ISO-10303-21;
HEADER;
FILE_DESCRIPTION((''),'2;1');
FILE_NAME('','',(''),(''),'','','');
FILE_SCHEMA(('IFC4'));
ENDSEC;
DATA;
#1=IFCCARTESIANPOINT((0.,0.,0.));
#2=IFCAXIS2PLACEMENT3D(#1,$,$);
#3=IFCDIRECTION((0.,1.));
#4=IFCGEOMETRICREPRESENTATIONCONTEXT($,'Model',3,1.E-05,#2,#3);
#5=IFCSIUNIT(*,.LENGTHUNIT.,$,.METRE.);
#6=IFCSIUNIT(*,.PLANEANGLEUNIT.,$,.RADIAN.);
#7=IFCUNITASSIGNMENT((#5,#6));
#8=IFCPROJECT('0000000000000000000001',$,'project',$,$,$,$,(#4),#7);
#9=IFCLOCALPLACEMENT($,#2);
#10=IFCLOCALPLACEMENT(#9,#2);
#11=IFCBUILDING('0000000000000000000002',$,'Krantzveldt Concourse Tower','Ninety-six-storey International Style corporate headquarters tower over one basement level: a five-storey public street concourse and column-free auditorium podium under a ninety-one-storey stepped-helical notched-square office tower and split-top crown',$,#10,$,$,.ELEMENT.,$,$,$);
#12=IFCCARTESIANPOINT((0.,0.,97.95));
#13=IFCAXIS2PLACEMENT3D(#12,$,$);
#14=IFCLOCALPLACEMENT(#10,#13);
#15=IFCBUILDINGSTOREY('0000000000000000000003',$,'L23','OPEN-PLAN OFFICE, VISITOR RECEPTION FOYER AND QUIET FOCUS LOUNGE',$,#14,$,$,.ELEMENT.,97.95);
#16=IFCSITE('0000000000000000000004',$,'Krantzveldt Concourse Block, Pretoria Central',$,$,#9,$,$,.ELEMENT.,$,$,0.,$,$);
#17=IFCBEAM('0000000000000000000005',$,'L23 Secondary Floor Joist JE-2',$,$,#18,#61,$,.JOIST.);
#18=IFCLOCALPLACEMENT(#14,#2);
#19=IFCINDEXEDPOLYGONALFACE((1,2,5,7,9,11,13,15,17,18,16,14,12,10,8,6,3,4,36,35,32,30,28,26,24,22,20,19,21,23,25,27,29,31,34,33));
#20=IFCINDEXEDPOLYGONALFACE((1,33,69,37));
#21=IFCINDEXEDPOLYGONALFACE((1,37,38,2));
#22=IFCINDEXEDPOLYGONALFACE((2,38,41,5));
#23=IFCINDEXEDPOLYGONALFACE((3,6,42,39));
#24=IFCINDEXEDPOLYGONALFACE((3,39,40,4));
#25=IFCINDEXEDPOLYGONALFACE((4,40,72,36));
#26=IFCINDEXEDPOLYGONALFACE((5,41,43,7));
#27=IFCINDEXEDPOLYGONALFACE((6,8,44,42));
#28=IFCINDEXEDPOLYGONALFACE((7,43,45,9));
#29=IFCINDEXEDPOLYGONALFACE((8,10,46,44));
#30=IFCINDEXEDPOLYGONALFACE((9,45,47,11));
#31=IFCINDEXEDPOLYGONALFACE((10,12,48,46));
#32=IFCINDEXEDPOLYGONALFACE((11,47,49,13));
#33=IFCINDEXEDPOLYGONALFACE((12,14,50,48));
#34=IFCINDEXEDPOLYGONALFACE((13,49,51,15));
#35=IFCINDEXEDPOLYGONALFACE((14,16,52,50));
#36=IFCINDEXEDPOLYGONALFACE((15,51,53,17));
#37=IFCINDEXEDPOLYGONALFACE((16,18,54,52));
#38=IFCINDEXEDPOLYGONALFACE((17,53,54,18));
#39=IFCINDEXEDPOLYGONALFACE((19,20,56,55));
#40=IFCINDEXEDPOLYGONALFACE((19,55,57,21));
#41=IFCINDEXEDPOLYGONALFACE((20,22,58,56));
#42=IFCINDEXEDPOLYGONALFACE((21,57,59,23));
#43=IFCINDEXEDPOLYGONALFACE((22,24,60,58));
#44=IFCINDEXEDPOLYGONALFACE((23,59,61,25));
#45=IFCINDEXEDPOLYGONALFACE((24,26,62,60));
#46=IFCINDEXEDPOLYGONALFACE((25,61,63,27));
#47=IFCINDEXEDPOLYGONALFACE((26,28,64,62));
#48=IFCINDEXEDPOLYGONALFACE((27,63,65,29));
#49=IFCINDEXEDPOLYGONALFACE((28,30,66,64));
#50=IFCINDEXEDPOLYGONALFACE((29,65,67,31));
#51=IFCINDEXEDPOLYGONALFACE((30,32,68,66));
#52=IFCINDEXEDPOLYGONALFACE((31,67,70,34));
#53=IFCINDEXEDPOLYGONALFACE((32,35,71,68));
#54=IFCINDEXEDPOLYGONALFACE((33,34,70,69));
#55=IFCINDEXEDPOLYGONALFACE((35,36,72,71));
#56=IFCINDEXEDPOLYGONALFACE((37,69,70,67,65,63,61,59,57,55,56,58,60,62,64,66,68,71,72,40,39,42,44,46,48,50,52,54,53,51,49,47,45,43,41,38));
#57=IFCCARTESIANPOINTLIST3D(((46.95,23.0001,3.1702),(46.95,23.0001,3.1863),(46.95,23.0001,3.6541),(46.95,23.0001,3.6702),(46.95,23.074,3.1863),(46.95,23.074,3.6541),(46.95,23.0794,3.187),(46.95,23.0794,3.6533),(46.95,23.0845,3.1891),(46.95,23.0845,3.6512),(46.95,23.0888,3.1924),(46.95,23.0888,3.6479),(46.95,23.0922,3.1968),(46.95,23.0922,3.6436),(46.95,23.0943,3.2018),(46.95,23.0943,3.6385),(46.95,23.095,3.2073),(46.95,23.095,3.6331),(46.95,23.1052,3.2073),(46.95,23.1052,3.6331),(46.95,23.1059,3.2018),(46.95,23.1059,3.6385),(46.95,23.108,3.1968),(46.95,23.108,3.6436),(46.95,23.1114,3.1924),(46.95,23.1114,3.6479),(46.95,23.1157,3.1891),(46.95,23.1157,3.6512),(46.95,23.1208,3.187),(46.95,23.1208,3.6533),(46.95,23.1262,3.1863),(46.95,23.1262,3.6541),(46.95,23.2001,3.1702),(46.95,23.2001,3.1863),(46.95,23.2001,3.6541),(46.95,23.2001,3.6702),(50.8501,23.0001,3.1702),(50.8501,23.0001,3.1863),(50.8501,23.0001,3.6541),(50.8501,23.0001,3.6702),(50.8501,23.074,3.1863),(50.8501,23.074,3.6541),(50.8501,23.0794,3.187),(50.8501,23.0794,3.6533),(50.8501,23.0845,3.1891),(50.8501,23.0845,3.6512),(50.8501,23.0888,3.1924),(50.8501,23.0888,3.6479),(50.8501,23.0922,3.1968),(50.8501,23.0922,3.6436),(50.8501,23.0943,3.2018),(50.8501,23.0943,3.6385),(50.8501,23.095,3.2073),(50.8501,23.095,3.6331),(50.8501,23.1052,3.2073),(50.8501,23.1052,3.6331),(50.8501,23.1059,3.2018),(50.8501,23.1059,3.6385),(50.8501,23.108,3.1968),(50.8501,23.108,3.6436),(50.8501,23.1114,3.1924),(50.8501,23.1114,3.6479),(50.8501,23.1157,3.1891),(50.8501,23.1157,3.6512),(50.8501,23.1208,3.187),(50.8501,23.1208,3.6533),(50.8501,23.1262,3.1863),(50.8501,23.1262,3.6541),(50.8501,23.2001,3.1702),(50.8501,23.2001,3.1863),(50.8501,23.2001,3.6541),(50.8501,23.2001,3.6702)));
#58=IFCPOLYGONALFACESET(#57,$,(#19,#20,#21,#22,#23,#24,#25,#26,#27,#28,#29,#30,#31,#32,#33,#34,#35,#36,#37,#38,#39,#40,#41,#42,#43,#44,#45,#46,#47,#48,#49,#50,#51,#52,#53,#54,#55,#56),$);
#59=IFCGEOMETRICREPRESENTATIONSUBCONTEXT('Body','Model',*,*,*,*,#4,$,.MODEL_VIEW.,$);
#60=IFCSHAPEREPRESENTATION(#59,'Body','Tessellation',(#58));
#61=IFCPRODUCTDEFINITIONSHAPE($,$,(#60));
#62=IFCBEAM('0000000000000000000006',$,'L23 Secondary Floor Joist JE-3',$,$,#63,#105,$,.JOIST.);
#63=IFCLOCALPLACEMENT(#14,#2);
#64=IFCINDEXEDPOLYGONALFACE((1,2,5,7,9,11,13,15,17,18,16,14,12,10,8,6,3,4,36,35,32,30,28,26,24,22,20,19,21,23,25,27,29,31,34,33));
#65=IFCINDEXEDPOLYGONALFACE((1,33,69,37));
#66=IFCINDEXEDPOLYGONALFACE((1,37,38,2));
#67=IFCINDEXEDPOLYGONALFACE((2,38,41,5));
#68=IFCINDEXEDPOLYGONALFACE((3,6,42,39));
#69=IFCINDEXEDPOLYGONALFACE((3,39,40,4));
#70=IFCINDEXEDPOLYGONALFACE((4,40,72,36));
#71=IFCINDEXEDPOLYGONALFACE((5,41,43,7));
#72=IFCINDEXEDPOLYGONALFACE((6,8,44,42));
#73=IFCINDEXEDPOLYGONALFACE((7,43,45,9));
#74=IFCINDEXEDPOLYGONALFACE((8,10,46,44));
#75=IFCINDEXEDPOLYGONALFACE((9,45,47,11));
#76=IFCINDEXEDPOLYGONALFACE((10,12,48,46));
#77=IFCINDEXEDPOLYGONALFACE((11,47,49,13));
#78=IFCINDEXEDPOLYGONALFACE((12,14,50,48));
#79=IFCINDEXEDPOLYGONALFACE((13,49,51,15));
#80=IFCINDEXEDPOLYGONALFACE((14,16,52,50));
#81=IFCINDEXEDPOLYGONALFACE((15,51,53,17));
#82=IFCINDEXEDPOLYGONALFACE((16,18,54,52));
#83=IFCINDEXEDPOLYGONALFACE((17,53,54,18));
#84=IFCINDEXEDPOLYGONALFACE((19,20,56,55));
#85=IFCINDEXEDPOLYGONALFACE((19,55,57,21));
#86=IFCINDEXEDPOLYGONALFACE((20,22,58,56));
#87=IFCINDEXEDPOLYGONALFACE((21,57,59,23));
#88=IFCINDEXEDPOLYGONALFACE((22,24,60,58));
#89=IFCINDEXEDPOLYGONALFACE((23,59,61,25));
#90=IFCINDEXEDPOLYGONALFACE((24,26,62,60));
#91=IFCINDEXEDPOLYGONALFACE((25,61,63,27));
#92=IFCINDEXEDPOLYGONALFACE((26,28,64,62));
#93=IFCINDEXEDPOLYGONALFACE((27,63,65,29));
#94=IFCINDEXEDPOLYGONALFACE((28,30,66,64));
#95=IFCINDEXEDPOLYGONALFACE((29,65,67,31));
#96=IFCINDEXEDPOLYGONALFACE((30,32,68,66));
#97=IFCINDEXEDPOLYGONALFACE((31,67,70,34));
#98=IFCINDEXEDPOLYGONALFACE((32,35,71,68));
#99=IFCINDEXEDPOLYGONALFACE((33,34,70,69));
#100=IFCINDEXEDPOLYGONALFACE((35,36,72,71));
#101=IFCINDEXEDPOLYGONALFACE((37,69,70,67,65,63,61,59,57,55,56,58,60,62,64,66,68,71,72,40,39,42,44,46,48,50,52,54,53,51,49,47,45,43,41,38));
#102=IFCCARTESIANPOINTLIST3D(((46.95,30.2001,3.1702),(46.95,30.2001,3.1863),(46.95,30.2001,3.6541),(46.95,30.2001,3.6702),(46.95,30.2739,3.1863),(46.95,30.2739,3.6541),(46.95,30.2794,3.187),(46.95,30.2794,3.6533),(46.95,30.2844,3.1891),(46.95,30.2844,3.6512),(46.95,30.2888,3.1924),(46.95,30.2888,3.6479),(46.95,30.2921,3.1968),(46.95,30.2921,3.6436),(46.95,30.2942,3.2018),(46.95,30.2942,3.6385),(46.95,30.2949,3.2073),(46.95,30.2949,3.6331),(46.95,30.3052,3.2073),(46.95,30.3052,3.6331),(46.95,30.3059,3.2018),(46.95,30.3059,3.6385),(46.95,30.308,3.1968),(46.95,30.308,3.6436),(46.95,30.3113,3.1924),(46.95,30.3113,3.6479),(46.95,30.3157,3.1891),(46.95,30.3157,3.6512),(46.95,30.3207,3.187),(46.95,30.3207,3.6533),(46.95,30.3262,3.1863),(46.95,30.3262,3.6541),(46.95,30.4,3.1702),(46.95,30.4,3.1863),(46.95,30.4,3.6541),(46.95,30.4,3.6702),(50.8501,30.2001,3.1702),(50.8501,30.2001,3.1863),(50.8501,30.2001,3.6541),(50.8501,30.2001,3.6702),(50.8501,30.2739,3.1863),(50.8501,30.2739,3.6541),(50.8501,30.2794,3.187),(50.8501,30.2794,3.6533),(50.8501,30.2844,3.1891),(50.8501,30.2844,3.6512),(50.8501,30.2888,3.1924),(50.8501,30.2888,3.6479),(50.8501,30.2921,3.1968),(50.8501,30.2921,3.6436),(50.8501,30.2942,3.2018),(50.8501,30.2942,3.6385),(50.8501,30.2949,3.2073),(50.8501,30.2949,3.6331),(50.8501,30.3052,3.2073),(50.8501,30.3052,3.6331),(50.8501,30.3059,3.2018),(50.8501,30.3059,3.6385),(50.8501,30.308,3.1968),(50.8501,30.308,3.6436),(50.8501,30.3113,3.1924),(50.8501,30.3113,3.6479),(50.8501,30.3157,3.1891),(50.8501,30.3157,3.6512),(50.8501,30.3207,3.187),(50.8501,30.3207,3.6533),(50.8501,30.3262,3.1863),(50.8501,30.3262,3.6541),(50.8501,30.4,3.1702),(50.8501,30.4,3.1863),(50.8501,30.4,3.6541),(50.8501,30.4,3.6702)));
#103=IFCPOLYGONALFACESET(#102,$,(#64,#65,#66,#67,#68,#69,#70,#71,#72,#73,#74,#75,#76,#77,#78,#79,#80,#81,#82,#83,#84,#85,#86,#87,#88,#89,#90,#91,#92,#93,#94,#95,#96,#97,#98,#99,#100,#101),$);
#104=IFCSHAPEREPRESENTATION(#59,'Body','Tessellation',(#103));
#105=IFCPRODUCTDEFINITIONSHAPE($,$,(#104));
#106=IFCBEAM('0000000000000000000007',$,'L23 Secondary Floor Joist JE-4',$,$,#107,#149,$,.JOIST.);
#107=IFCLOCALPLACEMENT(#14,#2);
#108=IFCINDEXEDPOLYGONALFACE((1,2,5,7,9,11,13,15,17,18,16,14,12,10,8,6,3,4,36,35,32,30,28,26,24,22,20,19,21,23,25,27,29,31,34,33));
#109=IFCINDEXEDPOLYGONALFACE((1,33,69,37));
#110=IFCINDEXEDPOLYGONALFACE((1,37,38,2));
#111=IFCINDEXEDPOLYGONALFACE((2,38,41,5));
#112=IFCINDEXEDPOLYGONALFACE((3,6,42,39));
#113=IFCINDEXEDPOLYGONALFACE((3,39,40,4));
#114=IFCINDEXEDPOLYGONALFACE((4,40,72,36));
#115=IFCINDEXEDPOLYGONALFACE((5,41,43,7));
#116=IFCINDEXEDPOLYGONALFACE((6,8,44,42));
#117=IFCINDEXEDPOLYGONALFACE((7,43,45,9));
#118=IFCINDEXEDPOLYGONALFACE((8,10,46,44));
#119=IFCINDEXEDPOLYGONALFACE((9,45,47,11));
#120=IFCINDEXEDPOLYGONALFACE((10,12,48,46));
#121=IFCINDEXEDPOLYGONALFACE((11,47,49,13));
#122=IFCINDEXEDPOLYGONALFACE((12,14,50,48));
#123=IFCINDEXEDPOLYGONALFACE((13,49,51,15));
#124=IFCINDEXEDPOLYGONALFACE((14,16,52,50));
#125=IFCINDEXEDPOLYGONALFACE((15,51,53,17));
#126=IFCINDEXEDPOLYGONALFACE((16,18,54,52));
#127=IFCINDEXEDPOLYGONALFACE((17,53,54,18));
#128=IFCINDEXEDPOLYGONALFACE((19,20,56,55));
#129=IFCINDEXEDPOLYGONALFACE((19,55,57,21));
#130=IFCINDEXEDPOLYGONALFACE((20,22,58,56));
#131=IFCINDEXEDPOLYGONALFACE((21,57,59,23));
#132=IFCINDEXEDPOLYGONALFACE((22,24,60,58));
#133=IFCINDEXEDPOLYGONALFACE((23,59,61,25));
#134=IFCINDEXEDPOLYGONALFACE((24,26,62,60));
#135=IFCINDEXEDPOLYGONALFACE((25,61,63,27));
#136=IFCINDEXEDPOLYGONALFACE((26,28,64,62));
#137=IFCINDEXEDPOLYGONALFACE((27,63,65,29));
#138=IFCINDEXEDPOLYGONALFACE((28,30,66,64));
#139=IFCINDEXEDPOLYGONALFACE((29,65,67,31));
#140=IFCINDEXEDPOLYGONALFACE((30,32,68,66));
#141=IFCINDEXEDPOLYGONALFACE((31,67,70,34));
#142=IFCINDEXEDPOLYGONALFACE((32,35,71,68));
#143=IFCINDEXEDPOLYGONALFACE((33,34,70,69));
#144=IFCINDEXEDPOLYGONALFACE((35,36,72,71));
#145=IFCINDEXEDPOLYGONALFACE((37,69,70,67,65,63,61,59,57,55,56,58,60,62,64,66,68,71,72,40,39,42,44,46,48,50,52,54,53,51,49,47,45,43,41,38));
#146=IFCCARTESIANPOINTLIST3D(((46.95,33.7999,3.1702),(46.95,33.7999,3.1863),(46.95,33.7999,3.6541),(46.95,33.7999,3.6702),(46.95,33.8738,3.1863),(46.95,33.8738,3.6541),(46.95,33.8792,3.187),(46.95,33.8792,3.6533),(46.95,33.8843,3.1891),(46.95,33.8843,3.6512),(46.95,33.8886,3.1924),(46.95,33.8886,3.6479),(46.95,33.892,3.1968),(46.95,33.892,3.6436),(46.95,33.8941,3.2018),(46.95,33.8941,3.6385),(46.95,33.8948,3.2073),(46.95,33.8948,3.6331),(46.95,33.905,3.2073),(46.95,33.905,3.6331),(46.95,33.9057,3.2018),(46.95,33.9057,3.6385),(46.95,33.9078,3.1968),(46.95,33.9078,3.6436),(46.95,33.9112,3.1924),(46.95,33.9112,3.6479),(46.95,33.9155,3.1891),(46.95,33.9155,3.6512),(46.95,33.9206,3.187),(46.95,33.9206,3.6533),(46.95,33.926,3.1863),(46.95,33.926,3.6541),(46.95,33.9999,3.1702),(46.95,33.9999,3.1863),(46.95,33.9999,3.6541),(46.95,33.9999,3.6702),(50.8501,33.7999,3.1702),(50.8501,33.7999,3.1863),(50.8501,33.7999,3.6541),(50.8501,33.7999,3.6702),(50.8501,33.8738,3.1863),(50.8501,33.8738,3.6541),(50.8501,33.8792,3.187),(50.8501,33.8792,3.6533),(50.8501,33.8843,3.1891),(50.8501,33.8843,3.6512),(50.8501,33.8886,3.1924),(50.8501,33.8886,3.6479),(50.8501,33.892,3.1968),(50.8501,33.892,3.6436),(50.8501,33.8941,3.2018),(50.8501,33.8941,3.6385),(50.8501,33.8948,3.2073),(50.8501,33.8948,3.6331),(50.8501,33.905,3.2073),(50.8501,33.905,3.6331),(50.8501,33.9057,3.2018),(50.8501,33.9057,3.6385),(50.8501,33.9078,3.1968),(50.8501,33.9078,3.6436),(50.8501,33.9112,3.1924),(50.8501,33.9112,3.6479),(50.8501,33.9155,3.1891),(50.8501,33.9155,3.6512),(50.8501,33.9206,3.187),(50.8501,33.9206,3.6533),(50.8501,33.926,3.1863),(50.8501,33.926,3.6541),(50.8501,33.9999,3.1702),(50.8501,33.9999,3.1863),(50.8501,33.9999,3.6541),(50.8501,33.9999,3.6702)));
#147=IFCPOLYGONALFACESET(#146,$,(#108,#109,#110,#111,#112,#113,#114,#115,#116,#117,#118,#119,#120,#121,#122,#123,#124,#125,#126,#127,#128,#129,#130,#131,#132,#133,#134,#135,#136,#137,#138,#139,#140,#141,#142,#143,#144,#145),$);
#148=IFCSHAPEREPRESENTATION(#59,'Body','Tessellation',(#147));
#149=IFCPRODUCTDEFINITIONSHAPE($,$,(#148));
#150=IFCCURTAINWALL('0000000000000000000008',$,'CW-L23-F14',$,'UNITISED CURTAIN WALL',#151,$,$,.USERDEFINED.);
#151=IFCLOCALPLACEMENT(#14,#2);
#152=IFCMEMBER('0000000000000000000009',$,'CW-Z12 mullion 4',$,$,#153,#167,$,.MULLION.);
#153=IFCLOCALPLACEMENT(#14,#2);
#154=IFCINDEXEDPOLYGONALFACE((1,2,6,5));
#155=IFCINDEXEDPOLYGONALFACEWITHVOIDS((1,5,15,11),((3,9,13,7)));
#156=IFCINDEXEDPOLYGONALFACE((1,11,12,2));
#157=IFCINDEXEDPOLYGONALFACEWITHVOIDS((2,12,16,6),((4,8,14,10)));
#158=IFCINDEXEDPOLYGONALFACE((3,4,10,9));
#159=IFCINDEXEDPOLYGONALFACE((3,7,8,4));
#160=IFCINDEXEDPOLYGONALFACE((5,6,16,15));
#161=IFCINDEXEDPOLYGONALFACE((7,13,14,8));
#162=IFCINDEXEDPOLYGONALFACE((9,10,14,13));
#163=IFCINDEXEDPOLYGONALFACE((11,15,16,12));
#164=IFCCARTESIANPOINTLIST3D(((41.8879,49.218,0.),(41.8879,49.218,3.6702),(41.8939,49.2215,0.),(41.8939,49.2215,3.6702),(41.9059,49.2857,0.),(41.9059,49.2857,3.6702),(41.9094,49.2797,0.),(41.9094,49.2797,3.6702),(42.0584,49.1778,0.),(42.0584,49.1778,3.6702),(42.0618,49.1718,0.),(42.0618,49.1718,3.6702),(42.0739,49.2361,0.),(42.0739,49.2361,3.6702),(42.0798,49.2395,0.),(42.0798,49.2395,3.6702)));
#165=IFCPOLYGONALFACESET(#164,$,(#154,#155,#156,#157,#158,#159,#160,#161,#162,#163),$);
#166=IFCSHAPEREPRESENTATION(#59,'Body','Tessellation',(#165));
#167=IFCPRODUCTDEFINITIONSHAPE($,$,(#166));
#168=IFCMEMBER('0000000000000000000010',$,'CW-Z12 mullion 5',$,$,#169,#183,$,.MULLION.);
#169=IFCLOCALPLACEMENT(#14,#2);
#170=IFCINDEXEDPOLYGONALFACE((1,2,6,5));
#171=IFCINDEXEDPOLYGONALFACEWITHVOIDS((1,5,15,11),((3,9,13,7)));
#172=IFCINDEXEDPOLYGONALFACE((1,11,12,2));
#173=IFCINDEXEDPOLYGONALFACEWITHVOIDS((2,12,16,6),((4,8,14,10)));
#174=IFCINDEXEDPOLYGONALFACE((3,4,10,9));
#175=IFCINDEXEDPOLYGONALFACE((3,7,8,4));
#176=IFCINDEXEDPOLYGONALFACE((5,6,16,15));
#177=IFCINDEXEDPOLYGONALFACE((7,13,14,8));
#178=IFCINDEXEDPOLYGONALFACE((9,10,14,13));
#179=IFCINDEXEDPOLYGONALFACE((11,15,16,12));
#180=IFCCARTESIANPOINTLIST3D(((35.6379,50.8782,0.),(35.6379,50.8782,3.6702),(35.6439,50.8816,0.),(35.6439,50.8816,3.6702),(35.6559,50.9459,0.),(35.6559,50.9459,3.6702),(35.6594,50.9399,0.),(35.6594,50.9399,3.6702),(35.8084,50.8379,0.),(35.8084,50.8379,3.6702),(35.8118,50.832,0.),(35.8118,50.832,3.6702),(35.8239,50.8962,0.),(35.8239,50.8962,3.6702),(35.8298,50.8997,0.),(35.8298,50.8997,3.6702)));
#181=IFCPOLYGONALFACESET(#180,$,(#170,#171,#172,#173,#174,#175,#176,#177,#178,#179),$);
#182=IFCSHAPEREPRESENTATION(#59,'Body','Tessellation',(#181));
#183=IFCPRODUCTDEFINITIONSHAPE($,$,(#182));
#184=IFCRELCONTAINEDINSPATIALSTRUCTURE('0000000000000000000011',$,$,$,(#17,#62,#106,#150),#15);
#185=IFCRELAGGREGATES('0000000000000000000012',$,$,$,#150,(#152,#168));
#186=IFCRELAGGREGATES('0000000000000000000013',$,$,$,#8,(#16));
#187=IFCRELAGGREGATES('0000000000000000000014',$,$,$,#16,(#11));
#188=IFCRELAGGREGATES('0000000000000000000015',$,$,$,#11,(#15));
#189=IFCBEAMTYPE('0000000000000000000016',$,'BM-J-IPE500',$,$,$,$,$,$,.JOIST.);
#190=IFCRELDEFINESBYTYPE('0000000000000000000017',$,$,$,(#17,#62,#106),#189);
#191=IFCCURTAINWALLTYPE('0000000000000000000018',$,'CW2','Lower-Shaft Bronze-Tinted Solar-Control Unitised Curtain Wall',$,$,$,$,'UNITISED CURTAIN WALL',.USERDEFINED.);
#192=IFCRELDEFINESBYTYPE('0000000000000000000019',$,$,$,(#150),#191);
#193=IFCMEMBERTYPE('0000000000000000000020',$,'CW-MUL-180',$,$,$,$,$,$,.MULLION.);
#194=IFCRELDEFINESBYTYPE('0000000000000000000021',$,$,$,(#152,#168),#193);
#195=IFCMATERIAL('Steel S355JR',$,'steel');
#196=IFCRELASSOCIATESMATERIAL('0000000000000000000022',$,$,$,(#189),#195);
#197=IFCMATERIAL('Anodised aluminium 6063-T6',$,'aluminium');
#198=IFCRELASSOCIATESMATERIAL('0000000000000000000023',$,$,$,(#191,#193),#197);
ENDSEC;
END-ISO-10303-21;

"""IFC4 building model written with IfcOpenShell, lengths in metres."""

from ifc_helpers import new_model, si_unit, direction, frame, origin, origin_2d, place, context, subcontext, project, spatial, hollow_rectangle, i_section, extrude, source, transform, mapped, material, material_profile, profile_set, type_object, type_shapes, element, aggregate, save


model = new_model("IFC4")

# Units and contexts
model_context = context("Model", 3, precision=1e-05, world=origin(), true_north=direction((0.0, 1.0)))
body_context = subcontext(model_context, "Body", "Model", "MODEL_VIEW")
ifc_project = project(units=[si_unit("LENGTHUNIT", "METRE"), si_unit("PLANEANGLEUNIT", "RADIAN")], contexts=[model_context])

# Site, building, storey
site_placement = place(None, origin())
site = spatial("IfcSite", under=ifc_project, at=site_placement, Name="Krantzveldt Concourse Block, Pretoria Central", CompositionType="ELEMENT", RefElevation=0.0)
building_placement = place(site_placement, origin())
building = spatial("IfcBuilding", under=site, at=building_placement, Name="Krantzveldt Concourse Tower", Description="Ninety-six-storey International Style corporate headquarters tower over one basement level: a five-storey public street concourse and column-free auditorium podium under a ninety-one-storey stepped-helical notched-square office tower and split-top crown", CompositionType="ELEMENT")
storey_placement = place(building_placement, frame((0.0, 0.0, 97.95)))
storey = spatial("IfcBuildingStorey", under=building, at=storey_placement, Name="L23", Description="OPEN-PLAN OFFICE, VISITOR RECEPTION FOYER AND QUIET FOCUS LOUNGE", CompositionType="ELEMENT", Elevation=97.95)

# Beams
ifc_material_1 = material(Name="Steel S355JR", Category="steel")
ifc_material_profile_1 = material_profile(ifc_material_1, i_section(OverallWidth=0.2, OverallDepth=0.5, WebThickness=0.0103, FlangeThickness=0.0161, FilletRadius=0.021, at=origin_2d()), Name="Steel S355JR", Category="steel")
ifc_profile_set_1 = profile_set([ifc_material_profile_1], Name="Steel S355JR - IPE 500")
beam_type_1 = type_object("IfcBeamType", Name="BM-J-IPE500", PredefinedType="JOIST", material=ifc_profile_set_1)
shared_shape_1 = source(origin(), body_context, "Body", "SweptSolid", [
    extrude(i_section(OverallWidth=0.2, OverallDepth=0.5, WebThickness=0.0103, FlangeThickness=0.0161, FilletRadius=0.021, at=origin_2d()), origin(), (0.0, 0.0, 1.0), 3.9001),
])
type_shapes(beam_type_1, [shared_shape_1])
for number, where, z_axis, x_axis, name in (
    (1, (46.95, 23.1001, 3.4202), (1.0, 0.0, 0.0), (0.0, 1.0, 0.0), "L23 Secondary Floor Joist JE-2"),
    (2, (46.95, 30.3, 3.4202), (1.0, 0.0, 0.0), (0.0, 1.0, 0.0), "L23 Secondary Floor Joist JE-3"),
    (3, (46.95, 33.8999, 3.4202), (1.0, 0.0, 0.0), (0.0, 1.0, 0.0), "L23 Secondary Floor Joist JE-4"),
):
    element("IfcBeam", number, at=place(storey_placement, frame(where, z_axis=z_axis, x_axis=x_axis)), inside=storey, type_object=beam_type_1, Name=name, PredefinedType="JOIST", context=body_context, shape_type="MappedRepresentation", body=[
        mapped(shared_shape_1, transform((0.0, 0.0, 0.0), x_axis=(1.0, 0.0, 0.0), y_axis=(0.0, 1.0, 0.0), z_axis=(0.0, 0.0, 1.0), scale=1.0)),
    ])

# Curtain wall, members
ifc_material_2 = material(Name="Anodised aluminium 6063-T6", Category="aluminium")
curtain_wall_type = type_object("IfcCurtainWallType", Name="CW2", Description="Lower-Shaft Bronze-Tinted Solar-Control Unitised Curtain Wall", ElementType="UNITISED CURTAIN WALL", PredefinedType="USERDEFINED", material=ifc_material_2)
curtain_wall_placement = place(storey_placement, origin())
curtain_wall = element("IfcCurtainWall", 4, at=curtain_wall_placement, inside=storey, type_object=curtain_wall_type, Name="CW-L23-F14", ObjectType="UNITISED CURTAIN WALL", PredefinedType="USERDEFINED")
ifc_material_profile_2 = material_profile(ifc_material_2, hollow_rectangle(XDim=0.0701, YDim=0.1799, WallThickness=0.0049, at=origin_2d()), Name="Anodised aluminium 6063-T6", Category="aluminium")
ifc_profile_set_2 = profile_set([ifc_material_profile_2], Name="Anodised aluminium 6063-T6 - ALU-MULL 180x70x5")
member_type_1 = type_object("IfcMemberType", Name="CW-MUL-180", PredefinedType="MULLION", material=ifc_profile_set_2)
shared_shape_2 = source(origin(), body_context, "Body", "SweptSolid", [
    extrude(hollow_rectangle(XDim=0.0701, YDim=0.1799, WallThickness=0.0049, at=origin_2d()), origin(), (0.0, 0.0, 1.0), 3.6702),
])
type_shapes(member_type_1, [shared_shape_2])
member_1_placement = place(storey_placement, frame((41.9839, 49.2288, 0.0), z_axis=(0.0, 0.0, 1.0), x_axis=(-0.256711, -0.966488, 0.0)))
member_1 = element("IfcMember", 5, at=member_1_placement, type_object=member_type_1, Name="CW-Z12 mullion 4", PredefinedType="MULLION", context=body_context, shape_type="MappedRepresentation", body=[
    mapped(shared_shape_2, transform((0.0, 0.0, 0.0), x_axis=(1.0, 0.0, 0.0), y_axis=(0.0, 1.0, 0.0), z_axis=(0.0, 0.0, 1.0), scale=1.0)),
])
member_2_placement = place(storey_placement, frame((35.7339, 50.8889, 0.0), z_axis=(0.0, 0.0, 1.0), x_axis=(-0.256711, -0.966488, 0.0)))
member_2 = element("IfcMember", 6, at=member_2_placement, type_object=member_type_1, Name="CW-Z12 mullion 5", PredefinedType="MULLION", context=body_context, shape_type="MappedRepresentation", body=[
    mapped(shared_shape_2, transform((0.0, 0.0, 0.0), x_axis=(1.0, 0.0, 0.0), y_axis=(0.0, 1.0, 0.0), z_axis=(0.0, 0.0, 1.0), scale=1.0)),
])
aggregate(curtain_wall, [member_1, member_2])

save(model, "model.ifc")
